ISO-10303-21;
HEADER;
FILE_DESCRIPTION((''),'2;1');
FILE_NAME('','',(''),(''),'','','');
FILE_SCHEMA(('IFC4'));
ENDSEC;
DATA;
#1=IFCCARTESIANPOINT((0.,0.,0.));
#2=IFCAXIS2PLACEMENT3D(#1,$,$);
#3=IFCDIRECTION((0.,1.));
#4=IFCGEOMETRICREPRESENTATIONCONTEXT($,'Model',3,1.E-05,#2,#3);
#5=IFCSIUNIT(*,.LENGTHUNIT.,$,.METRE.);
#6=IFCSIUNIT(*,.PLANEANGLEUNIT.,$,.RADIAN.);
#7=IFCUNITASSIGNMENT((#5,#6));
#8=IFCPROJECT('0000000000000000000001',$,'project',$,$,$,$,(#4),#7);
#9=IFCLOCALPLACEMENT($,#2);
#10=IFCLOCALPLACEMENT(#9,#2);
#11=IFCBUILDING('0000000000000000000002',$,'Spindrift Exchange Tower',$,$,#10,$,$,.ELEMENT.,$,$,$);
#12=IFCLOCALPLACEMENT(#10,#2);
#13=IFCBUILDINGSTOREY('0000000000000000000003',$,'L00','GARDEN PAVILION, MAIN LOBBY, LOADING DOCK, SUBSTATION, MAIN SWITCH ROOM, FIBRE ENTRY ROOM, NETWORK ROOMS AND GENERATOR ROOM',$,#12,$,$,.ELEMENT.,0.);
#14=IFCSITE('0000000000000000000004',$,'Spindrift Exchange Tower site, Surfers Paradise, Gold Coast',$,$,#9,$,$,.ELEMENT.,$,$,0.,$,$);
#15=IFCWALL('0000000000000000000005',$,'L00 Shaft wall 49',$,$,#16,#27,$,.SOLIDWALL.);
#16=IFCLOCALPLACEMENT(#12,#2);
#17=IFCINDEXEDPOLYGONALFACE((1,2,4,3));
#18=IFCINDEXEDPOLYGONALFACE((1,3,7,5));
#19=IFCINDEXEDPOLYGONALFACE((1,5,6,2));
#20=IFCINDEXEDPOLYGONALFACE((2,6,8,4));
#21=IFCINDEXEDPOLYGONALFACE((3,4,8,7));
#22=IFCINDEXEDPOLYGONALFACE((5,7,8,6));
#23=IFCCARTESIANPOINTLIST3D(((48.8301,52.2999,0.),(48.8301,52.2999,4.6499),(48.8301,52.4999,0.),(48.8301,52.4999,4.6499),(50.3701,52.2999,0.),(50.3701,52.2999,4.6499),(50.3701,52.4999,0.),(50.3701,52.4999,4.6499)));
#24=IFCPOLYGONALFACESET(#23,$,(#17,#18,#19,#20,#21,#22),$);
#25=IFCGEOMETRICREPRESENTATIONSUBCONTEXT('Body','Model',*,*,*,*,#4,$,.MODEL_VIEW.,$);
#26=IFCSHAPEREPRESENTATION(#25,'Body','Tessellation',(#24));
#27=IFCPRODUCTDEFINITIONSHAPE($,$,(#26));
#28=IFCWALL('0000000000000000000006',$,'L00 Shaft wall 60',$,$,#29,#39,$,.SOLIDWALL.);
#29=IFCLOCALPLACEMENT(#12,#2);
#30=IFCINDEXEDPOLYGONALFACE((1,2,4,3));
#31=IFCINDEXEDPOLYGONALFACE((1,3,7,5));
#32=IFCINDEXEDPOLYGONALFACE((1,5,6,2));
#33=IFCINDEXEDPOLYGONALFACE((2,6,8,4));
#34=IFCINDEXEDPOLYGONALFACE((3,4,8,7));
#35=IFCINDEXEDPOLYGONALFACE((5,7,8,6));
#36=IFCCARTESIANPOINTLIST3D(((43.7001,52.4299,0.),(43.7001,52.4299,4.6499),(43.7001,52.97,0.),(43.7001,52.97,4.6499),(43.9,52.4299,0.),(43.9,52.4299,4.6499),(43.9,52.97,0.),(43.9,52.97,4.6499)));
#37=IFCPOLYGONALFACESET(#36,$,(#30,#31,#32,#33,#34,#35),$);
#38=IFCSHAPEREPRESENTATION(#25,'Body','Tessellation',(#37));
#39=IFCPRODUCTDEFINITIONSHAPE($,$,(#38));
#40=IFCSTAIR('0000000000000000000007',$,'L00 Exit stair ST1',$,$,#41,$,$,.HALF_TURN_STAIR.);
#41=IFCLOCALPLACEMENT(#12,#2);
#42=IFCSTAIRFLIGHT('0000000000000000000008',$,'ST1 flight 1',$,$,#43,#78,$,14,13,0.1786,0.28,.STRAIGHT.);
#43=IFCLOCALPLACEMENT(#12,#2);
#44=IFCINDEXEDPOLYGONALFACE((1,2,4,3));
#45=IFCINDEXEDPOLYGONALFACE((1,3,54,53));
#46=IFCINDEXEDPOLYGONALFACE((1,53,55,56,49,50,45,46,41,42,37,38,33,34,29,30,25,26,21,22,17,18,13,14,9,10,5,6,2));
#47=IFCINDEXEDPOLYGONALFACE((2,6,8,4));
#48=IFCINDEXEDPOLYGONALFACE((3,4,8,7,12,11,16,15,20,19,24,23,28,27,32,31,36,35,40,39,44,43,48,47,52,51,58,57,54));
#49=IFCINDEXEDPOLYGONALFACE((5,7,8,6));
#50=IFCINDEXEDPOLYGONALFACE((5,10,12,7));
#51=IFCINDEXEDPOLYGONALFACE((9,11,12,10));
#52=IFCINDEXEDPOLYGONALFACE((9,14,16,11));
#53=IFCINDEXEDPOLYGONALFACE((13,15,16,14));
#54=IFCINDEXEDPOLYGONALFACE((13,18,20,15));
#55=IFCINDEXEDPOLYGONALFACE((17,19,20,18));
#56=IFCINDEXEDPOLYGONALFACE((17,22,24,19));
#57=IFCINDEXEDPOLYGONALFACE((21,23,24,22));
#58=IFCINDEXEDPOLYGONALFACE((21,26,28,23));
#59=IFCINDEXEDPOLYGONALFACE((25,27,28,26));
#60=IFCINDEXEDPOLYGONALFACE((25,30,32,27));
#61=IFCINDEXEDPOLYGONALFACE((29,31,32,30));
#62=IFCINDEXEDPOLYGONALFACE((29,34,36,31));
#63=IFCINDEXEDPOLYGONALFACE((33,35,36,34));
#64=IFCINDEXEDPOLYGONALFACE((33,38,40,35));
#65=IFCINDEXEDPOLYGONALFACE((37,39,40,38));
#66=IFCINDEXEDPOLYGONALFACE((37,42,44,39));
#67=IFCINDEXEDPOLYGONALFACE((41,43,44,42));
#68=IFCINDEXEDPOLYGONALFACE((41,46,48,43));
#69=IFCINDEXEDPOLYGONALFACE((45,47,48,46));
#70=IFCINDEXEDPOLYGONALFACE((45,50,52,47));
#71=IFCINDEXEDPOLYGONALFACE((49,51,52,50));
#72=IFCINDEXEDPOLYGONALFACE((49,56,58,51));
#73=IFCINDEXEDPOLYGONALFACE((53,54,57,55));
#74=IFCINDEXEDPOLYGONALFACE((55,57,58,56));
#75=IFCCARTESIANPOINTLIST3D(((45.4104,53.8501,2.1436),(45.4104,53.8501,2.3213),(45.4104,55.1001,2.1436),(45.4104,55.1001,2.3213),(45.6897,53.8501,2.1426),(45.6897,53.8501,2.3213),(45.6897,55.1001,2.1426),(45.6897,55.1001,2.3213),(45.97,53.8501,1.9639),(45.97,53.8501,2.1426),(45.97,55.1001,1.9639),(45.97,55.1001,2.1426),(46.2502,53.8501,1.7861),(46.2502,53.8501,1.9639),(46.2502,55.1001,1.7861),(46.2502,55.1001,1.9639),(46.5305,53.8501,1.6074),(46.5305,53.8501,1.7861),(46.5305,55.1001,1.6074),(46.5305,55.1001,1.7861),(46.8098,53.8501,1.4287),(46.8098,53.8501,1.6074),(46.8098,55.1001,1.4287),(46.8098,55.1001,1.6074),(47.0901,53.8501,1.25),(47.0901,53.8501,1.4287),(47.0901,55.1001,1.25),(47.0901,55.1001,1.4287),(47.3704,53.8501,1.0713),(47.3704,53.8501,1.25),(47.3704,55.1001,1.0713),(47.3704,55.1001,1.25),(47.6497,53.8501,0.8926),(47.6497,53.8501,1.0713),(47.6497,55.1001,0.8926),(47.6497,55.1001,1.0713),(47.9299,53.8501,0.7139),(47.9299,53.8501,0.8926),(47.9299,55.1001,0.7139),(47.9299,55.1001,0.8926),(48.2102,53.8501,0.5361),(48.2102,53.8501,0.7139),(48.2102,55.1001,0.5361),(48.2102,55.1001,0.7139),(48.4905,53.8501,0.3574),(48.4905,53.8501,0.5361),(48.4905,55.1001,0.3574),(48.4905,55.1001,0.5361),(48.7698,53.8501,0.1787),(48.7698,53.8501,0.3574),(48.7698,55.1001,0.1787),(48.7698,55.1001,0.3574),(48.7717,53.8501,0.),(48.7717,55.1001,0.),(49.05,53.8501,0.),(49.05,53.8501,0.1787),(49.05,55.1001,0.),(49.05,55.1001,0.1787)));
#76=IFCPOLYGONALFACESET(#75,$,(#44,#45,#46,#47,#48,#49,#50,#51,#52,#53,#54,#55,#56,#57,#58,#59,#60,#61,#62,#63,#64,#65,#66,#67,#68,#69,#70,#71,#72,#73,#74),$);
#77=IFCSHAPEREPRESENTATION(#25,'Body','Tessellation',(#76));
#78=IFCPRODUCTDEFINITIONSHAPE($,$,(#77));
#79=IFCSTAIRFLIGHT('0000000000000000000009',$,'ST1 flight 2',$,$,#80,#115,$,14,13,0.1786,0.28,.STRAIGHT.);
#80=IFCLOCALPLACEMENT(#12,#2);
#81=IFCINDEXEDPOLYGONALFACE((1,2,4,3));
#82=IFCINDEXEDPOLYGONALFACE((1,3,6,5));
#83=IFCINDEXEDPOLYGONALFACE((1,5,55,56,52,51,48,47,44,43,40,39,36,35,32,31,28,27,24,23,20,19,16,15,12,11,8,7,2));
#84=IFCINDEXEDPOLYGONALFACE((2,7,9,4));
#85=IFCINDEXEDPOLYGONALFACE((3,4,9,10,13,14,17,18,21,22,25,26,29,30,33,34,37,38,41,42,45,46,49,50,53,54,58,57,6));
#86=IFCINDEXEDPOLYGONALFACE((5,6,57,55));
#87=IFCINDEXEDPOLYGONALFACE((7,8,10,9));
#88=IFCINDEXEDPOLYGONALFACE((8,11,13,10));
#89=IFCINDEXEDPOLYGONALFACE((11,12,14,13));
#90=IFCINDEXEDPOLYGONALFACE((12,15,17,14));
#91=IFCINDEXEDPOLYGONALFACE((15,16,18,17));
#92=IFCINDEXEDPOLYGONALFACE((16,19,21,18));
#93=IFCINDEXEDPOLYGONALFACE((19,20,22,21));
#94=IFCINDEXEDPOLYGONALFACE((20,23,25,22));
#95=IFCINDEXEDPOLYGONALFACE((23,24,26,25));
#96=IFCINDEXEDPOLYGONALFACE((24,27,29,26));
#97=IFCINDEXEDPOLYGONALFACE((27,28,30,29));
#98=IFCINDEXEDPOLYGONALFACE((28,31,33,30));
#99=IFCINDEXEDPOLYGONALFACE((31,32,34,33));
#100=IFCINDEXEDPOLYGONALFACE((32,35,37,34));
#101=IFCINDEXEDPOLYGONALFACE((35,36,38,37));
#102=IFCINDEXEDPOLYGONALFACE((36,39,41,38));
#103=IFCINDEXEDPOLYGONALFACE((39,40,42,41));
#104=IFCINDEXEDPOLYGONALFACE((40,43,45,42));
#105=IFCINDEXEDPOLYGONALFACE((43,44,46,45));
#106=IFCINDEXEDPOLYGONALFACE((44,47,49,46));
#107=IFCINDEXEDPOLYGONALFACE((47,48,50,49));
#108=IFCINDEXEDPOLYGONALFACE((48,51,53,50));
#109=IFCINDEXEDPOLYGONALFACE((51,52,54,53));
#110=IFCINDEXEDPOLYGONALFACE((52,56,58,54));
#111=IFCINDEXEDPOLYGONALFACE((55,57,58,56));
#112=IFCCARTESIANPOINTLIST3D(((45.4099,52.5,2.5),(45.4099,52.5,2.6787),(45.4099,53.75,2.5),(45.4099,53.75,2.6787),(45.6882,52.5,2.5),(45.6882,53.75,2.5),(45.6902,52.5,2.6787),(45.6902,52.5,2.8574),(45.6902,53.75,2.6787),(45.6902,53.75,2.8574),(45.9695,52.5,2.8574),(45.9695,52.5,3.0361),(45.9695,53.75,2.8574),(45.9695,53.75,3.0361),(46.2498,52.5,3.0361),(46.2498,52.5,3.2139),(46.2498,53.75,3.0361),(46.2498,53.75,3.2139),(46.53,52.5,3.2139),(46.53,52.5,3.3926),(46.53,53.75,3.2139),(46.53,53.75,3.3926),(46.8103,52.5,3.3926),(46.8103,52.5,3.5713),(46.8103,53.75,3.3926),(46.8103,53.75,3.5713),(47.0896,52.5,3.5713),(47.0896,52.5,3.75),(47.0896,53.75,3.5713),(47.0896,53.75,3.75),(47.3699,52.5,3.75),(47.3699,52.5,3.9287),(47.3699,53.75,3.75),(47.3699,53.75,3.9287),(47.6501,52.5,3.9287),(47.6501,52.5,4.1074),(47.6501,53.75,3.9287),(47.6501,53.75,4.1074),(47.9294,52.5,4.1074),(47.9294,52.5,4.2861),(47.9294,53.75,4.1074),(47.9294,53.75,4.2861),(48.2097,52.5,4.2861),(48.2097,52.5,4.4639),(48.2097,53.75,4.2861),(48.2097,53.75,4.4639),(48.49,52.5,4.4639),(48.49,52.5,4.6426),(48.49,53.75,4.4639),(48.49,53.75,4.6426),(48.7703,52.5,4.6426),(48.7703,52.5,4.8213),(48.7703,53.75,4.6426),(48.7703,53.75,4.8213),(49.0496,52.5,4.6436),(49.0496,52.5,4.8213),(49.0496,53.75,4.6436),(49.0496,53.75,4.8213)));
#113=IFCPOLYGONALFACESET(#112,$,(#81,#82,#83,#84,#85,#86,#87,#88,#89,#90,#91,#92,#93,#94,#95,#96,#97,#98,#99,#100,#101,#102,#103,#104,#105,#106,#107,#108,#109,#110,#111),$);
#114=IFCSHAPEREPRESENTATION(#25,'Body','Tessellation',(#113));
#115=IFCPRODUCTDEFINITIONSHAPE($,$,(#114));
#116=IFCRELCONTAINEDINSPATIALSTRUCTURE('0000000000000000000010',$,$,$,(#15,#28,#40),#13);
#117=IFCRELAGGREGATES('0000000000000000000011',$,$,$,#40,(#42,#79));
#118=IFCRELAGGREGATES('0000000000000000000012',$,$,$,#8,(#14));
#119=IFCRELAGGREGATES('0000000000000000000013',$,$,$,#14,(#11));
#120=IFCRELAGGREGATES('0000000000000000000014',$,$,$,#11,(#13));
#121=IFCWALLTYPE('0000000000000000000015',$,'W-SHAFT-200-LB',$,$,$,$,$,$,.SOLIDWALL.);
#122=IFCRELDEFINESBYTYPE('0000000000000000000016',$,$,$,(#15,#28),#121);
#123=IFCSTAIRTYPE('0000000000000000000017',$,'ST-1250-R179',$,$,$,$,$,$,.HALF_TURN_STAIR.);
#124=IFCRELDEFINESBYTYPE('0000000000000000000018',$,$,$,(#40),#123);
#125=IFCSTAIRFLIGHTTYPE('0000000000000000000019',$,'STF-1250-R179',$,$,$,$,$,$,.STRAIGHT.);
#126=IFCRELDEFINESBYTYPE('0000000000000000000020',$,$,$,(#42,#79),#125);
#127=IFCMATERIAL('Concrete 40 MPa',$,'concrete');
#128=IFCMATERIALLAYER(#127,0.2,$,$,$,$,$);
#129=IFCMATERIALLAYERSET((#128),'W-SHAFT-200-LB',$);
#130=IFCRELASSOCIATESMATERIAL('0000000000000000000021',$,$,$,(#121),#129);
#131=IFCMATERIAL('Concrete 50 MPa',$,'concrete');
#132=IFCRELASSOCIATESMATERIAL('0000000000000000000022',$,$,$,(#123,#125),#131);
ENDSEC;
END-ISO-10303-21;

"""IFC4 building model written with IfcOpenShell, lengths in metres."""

from ifc_helpers import new_model, si_unit, direction, frame, frame_2d, origin, place, context, subcontext, project, spatial, line, indexed_curve, rectangle, outline, extrude, material, layer, layer_set, type_object, element, aggregate, save


model = new_model("IFC4")

# Units and contexts
model_context = context("Model", 3, precision=1e-05, world=origin(), true_north=direction((0.0, 1.0)))
body_context = subcontext(model_context, "Body", "Model", "MODEL_VIEW")
ifc_project = project(units=[si_unit("LENGTHUNIT", "METRE"), si_unit("PLANEANGLEUNIT", "RADIAN")], contexts=[model_context])

# Site, building, storey
site_placement = place(None, origin())
site = spatial("IfcSite", under=ifc_project, at=site_placement, Name="Spindrift Exchange Tower site, Surfers Paradise, Gold Coast", CompositionType="ELEMENT", RefElevation=0.0)
building_placement = place(site_placement, origin())
building = spatial("IfcBuilding", under=site, at=building_placement, Name="Spindrift Exchange Tower", CompositionType="ELEMENT")
storey_placement = place(building_placement, origin())
storey = spatial("IfcBuildingStorey", under=building, at=storey_placement, Name="L00", Description="GARDEN PAVILION, MAIN LOBBY, LOADING DOCK, SUBSTATION, MAIN SWITCH ROOM, FIBRE ENTRY ROOM, NETWORK ROOMS AND GENERATOR ROOM", CompositionType="ELEMENT", Elevation=0.0)

# Shared definitions
ifc_material_1 = material(Name="Concrete 40 MPa", Category="concrete")

# Walls
ifc_layer_1 = layer(ifc_material_1, 0.2)
ifc_layer_set_1 = layer_set([ifc_layer_1], Name="W-SHAFT-200-LB")
wall_type_1 = type_object("IfcWallType", Name="W-SHAFT-200-LB", PredefinedType="SOLIDWALL", material=ifc_layer_set_1)
wall_1_placement = place(storey_placement, frame((50.3701, 52.3999, 0.0), z_axis=(0.0, 0.0, 1.0), x_axis=(-1.0, 0.0, 0.0)))
element("IfcWall", 1, at=wall_1_placement, inside=storey, type_object=wall_type_1, Name="L00 Shaft wall 49", PredefinedType="SOLIDWALL", context=body_context, shape_type="SweptSolid", body=[
    extrude(rectangle(XDim=1.54, YDim=0.2, at=frame_2d((0.77, 0.0))), origin(), (0.0, 0.0, 1.0), 4.6499),
])
wall_2_placement = place(storey_placement, frame((43.8, 52.4299, 0.0), z_axis=(0.0, 0.0, 1.0), x_axis=(0.0, 1.0, 0.0)))
element("IfcWall", 2, at=wall_2_placement, inside=storey, type_object=wall_type_1, Name="L00 Shaft wall 60", PredefinedType="SOLIDWALL", context=body_context, shape_type="SweptSolid", body=[
    extrude(rectangle(XDim=0.54, YDim=0.2, at=frame_2d((0.27, 0.0))), origin(), (0.0, 0.0, 1.0), 4.6499),
])

# Stair, stair flights
ifc_material_2 = material(Name="Concrete 50 MPa", Category="concrete")
stair_type = type_object("IfcStairType", Name="ST-1250-R179", PredefinedType="HALF_TURN_STAIR", material=ifc_material_2)
stair_placement = place(storey_placement, origin())
stair = element("IfcStair", 3, at=stair_placement, inside=storey, type_object=stair_type, Name="L00 Exit stair ST1", PredefinedType="HALF_TURN_STAIR")
stair_flight_type = type_object("IfcStairFlightType", Name="STF-1250-R179", PredefinedType="STRAIGHT", material=ifc_material_2)
stair_flight_1_placement = place(storey_placement, frame((49.05, 54.4751, 0.0), z_axis=(0.0, 0.0, 1.0), x_axis=(-1.0, 0.0, 0.0)))
stair_flight_1 = element("IfcStairFlight", 4, at=stair_flight_1_placement, type_object=stair_flight_type, Name="ST1 flight 1", NumberOfRisers=14, NumberOfTreads=13, PredefinedType="STRAIGHT", RiserHeight=0.1786, TreadLength=0.28, context=body_context, shape_type="SweptSolid", body=[
    extrude(outline(indexed_curve([(0.0, 0.0), (0.0, 0.1787), (0.2803, 0.1787), (0.2803, 0.3574), (0.5596, 0.3574), (0.5596, 0.5361), (0.8398, 0.5361), (0.8398, 0.7139), (1.1201, 0.7139), (1.1201, 0.8926), (1.4004, 0.8926), (1.4004, 1.0713), (1.6797, 1.0713), (1.6797, 1.25), (1.96, 1.25), (1.96, 1.4287), (2.2402, 1.4287), (2.2402, 1.6074), (2.5195, 1.6074), (2.5195, 1.7861), (2.7998, 1.7861), (2.7998, 1.9639), (3.0801, 1.9639), (3.0801, 2.1426), (3.3604, 2.1426), (3.3604, 2.3213), (3.6396, 2.3213), (3.6396, 2.5), (3.6396, 2.1436), (0.2783, 0.0)], segments=[line(1, 2, 3, 4, 5, 6, 7, 8, 9, 10, 11, 12, 13, 14, 15, 16, 17, 18, 19, 20, 21, 22, 23, 24, 25, 26, 27, 28, 29, 30, 1)], self_intersect=False)), frame((0.0, 0.625, 0.0), z_axis=(0.0, -1.0, 0.0), x_axis=(1.0, 0.0, 0.0)), (0.0, 0.0, 1.0), 1.25),
])
stair_flight_2_placement = place(storey_placement, frame((45.4099, 53.125, 2.5), z_axis=(0.0, 0.0, 1.0), x_axis=(1.0, 0.0, 0.0)))
stair_flight_2 = element("IfcStairFlight", 5, at=stair_flight_2_placement, type_object=stair_flight_type, Name="ST1 flight 2", NumberOfRisers=14, NumberOfTreads=13, PredefinedType="STRAIGHT", RiserHeight=0.1786, TreadLength=0.28, context=body_context, shape_type="SweptSolid", body=[
    extrude(outline(indexed_curve([(0.0, 0.0), (0.0, 0.1787), (0.2803, 0.1787), (0.2803, 0.3574), (0.5596, 0.3574), (0.5596, 0.5361), (0.8398, 0.5361), (0.8398, 0.7139), (1.1201, 0.7139), (1.1201, 0.8926), (1.4004, 0.8926), (1.4004, 1.0713), (1.6797, 1.0713), (1.6797, 1.25), (1.96, 1.25), (1.96, 1.4287), (2.2402, 1.4287), (2.2402, 1.6074), (2.5195, 1.6074), (2.5195, 1.7861), (2.7998, 1.7861), (2.7998, 1.9639), (3.0801, 1.9639), (3.0801, 2.1426), (3.3604, 2.1426), (3.3604, 2.3213), (3.6396, 2.3213), (3.6396, 2.5), (3.6396, 2.1436), (0.2783, 0.0)], segments=[line(1, 2, 3, 4, 5, 6, 7, 8, 9, 10, 11, 12, 13, 14, 15, 16, 17, 18, 19, 20, 21, 22, 23, 24, 25, 26, 27, 28, 29, 30, 1)], self_intersect=False)), frame((0.0, 0.625, 0.0), z_axis=(0.0, -1.0, 0.0), x_axis=(1.0, 0.0, 0.0)), (0.0, 0.0, 1.0), 1.25),
])
aggregate(stair, [stair_flight_1, stair_flight_2])

save(model, "model.ifc")
